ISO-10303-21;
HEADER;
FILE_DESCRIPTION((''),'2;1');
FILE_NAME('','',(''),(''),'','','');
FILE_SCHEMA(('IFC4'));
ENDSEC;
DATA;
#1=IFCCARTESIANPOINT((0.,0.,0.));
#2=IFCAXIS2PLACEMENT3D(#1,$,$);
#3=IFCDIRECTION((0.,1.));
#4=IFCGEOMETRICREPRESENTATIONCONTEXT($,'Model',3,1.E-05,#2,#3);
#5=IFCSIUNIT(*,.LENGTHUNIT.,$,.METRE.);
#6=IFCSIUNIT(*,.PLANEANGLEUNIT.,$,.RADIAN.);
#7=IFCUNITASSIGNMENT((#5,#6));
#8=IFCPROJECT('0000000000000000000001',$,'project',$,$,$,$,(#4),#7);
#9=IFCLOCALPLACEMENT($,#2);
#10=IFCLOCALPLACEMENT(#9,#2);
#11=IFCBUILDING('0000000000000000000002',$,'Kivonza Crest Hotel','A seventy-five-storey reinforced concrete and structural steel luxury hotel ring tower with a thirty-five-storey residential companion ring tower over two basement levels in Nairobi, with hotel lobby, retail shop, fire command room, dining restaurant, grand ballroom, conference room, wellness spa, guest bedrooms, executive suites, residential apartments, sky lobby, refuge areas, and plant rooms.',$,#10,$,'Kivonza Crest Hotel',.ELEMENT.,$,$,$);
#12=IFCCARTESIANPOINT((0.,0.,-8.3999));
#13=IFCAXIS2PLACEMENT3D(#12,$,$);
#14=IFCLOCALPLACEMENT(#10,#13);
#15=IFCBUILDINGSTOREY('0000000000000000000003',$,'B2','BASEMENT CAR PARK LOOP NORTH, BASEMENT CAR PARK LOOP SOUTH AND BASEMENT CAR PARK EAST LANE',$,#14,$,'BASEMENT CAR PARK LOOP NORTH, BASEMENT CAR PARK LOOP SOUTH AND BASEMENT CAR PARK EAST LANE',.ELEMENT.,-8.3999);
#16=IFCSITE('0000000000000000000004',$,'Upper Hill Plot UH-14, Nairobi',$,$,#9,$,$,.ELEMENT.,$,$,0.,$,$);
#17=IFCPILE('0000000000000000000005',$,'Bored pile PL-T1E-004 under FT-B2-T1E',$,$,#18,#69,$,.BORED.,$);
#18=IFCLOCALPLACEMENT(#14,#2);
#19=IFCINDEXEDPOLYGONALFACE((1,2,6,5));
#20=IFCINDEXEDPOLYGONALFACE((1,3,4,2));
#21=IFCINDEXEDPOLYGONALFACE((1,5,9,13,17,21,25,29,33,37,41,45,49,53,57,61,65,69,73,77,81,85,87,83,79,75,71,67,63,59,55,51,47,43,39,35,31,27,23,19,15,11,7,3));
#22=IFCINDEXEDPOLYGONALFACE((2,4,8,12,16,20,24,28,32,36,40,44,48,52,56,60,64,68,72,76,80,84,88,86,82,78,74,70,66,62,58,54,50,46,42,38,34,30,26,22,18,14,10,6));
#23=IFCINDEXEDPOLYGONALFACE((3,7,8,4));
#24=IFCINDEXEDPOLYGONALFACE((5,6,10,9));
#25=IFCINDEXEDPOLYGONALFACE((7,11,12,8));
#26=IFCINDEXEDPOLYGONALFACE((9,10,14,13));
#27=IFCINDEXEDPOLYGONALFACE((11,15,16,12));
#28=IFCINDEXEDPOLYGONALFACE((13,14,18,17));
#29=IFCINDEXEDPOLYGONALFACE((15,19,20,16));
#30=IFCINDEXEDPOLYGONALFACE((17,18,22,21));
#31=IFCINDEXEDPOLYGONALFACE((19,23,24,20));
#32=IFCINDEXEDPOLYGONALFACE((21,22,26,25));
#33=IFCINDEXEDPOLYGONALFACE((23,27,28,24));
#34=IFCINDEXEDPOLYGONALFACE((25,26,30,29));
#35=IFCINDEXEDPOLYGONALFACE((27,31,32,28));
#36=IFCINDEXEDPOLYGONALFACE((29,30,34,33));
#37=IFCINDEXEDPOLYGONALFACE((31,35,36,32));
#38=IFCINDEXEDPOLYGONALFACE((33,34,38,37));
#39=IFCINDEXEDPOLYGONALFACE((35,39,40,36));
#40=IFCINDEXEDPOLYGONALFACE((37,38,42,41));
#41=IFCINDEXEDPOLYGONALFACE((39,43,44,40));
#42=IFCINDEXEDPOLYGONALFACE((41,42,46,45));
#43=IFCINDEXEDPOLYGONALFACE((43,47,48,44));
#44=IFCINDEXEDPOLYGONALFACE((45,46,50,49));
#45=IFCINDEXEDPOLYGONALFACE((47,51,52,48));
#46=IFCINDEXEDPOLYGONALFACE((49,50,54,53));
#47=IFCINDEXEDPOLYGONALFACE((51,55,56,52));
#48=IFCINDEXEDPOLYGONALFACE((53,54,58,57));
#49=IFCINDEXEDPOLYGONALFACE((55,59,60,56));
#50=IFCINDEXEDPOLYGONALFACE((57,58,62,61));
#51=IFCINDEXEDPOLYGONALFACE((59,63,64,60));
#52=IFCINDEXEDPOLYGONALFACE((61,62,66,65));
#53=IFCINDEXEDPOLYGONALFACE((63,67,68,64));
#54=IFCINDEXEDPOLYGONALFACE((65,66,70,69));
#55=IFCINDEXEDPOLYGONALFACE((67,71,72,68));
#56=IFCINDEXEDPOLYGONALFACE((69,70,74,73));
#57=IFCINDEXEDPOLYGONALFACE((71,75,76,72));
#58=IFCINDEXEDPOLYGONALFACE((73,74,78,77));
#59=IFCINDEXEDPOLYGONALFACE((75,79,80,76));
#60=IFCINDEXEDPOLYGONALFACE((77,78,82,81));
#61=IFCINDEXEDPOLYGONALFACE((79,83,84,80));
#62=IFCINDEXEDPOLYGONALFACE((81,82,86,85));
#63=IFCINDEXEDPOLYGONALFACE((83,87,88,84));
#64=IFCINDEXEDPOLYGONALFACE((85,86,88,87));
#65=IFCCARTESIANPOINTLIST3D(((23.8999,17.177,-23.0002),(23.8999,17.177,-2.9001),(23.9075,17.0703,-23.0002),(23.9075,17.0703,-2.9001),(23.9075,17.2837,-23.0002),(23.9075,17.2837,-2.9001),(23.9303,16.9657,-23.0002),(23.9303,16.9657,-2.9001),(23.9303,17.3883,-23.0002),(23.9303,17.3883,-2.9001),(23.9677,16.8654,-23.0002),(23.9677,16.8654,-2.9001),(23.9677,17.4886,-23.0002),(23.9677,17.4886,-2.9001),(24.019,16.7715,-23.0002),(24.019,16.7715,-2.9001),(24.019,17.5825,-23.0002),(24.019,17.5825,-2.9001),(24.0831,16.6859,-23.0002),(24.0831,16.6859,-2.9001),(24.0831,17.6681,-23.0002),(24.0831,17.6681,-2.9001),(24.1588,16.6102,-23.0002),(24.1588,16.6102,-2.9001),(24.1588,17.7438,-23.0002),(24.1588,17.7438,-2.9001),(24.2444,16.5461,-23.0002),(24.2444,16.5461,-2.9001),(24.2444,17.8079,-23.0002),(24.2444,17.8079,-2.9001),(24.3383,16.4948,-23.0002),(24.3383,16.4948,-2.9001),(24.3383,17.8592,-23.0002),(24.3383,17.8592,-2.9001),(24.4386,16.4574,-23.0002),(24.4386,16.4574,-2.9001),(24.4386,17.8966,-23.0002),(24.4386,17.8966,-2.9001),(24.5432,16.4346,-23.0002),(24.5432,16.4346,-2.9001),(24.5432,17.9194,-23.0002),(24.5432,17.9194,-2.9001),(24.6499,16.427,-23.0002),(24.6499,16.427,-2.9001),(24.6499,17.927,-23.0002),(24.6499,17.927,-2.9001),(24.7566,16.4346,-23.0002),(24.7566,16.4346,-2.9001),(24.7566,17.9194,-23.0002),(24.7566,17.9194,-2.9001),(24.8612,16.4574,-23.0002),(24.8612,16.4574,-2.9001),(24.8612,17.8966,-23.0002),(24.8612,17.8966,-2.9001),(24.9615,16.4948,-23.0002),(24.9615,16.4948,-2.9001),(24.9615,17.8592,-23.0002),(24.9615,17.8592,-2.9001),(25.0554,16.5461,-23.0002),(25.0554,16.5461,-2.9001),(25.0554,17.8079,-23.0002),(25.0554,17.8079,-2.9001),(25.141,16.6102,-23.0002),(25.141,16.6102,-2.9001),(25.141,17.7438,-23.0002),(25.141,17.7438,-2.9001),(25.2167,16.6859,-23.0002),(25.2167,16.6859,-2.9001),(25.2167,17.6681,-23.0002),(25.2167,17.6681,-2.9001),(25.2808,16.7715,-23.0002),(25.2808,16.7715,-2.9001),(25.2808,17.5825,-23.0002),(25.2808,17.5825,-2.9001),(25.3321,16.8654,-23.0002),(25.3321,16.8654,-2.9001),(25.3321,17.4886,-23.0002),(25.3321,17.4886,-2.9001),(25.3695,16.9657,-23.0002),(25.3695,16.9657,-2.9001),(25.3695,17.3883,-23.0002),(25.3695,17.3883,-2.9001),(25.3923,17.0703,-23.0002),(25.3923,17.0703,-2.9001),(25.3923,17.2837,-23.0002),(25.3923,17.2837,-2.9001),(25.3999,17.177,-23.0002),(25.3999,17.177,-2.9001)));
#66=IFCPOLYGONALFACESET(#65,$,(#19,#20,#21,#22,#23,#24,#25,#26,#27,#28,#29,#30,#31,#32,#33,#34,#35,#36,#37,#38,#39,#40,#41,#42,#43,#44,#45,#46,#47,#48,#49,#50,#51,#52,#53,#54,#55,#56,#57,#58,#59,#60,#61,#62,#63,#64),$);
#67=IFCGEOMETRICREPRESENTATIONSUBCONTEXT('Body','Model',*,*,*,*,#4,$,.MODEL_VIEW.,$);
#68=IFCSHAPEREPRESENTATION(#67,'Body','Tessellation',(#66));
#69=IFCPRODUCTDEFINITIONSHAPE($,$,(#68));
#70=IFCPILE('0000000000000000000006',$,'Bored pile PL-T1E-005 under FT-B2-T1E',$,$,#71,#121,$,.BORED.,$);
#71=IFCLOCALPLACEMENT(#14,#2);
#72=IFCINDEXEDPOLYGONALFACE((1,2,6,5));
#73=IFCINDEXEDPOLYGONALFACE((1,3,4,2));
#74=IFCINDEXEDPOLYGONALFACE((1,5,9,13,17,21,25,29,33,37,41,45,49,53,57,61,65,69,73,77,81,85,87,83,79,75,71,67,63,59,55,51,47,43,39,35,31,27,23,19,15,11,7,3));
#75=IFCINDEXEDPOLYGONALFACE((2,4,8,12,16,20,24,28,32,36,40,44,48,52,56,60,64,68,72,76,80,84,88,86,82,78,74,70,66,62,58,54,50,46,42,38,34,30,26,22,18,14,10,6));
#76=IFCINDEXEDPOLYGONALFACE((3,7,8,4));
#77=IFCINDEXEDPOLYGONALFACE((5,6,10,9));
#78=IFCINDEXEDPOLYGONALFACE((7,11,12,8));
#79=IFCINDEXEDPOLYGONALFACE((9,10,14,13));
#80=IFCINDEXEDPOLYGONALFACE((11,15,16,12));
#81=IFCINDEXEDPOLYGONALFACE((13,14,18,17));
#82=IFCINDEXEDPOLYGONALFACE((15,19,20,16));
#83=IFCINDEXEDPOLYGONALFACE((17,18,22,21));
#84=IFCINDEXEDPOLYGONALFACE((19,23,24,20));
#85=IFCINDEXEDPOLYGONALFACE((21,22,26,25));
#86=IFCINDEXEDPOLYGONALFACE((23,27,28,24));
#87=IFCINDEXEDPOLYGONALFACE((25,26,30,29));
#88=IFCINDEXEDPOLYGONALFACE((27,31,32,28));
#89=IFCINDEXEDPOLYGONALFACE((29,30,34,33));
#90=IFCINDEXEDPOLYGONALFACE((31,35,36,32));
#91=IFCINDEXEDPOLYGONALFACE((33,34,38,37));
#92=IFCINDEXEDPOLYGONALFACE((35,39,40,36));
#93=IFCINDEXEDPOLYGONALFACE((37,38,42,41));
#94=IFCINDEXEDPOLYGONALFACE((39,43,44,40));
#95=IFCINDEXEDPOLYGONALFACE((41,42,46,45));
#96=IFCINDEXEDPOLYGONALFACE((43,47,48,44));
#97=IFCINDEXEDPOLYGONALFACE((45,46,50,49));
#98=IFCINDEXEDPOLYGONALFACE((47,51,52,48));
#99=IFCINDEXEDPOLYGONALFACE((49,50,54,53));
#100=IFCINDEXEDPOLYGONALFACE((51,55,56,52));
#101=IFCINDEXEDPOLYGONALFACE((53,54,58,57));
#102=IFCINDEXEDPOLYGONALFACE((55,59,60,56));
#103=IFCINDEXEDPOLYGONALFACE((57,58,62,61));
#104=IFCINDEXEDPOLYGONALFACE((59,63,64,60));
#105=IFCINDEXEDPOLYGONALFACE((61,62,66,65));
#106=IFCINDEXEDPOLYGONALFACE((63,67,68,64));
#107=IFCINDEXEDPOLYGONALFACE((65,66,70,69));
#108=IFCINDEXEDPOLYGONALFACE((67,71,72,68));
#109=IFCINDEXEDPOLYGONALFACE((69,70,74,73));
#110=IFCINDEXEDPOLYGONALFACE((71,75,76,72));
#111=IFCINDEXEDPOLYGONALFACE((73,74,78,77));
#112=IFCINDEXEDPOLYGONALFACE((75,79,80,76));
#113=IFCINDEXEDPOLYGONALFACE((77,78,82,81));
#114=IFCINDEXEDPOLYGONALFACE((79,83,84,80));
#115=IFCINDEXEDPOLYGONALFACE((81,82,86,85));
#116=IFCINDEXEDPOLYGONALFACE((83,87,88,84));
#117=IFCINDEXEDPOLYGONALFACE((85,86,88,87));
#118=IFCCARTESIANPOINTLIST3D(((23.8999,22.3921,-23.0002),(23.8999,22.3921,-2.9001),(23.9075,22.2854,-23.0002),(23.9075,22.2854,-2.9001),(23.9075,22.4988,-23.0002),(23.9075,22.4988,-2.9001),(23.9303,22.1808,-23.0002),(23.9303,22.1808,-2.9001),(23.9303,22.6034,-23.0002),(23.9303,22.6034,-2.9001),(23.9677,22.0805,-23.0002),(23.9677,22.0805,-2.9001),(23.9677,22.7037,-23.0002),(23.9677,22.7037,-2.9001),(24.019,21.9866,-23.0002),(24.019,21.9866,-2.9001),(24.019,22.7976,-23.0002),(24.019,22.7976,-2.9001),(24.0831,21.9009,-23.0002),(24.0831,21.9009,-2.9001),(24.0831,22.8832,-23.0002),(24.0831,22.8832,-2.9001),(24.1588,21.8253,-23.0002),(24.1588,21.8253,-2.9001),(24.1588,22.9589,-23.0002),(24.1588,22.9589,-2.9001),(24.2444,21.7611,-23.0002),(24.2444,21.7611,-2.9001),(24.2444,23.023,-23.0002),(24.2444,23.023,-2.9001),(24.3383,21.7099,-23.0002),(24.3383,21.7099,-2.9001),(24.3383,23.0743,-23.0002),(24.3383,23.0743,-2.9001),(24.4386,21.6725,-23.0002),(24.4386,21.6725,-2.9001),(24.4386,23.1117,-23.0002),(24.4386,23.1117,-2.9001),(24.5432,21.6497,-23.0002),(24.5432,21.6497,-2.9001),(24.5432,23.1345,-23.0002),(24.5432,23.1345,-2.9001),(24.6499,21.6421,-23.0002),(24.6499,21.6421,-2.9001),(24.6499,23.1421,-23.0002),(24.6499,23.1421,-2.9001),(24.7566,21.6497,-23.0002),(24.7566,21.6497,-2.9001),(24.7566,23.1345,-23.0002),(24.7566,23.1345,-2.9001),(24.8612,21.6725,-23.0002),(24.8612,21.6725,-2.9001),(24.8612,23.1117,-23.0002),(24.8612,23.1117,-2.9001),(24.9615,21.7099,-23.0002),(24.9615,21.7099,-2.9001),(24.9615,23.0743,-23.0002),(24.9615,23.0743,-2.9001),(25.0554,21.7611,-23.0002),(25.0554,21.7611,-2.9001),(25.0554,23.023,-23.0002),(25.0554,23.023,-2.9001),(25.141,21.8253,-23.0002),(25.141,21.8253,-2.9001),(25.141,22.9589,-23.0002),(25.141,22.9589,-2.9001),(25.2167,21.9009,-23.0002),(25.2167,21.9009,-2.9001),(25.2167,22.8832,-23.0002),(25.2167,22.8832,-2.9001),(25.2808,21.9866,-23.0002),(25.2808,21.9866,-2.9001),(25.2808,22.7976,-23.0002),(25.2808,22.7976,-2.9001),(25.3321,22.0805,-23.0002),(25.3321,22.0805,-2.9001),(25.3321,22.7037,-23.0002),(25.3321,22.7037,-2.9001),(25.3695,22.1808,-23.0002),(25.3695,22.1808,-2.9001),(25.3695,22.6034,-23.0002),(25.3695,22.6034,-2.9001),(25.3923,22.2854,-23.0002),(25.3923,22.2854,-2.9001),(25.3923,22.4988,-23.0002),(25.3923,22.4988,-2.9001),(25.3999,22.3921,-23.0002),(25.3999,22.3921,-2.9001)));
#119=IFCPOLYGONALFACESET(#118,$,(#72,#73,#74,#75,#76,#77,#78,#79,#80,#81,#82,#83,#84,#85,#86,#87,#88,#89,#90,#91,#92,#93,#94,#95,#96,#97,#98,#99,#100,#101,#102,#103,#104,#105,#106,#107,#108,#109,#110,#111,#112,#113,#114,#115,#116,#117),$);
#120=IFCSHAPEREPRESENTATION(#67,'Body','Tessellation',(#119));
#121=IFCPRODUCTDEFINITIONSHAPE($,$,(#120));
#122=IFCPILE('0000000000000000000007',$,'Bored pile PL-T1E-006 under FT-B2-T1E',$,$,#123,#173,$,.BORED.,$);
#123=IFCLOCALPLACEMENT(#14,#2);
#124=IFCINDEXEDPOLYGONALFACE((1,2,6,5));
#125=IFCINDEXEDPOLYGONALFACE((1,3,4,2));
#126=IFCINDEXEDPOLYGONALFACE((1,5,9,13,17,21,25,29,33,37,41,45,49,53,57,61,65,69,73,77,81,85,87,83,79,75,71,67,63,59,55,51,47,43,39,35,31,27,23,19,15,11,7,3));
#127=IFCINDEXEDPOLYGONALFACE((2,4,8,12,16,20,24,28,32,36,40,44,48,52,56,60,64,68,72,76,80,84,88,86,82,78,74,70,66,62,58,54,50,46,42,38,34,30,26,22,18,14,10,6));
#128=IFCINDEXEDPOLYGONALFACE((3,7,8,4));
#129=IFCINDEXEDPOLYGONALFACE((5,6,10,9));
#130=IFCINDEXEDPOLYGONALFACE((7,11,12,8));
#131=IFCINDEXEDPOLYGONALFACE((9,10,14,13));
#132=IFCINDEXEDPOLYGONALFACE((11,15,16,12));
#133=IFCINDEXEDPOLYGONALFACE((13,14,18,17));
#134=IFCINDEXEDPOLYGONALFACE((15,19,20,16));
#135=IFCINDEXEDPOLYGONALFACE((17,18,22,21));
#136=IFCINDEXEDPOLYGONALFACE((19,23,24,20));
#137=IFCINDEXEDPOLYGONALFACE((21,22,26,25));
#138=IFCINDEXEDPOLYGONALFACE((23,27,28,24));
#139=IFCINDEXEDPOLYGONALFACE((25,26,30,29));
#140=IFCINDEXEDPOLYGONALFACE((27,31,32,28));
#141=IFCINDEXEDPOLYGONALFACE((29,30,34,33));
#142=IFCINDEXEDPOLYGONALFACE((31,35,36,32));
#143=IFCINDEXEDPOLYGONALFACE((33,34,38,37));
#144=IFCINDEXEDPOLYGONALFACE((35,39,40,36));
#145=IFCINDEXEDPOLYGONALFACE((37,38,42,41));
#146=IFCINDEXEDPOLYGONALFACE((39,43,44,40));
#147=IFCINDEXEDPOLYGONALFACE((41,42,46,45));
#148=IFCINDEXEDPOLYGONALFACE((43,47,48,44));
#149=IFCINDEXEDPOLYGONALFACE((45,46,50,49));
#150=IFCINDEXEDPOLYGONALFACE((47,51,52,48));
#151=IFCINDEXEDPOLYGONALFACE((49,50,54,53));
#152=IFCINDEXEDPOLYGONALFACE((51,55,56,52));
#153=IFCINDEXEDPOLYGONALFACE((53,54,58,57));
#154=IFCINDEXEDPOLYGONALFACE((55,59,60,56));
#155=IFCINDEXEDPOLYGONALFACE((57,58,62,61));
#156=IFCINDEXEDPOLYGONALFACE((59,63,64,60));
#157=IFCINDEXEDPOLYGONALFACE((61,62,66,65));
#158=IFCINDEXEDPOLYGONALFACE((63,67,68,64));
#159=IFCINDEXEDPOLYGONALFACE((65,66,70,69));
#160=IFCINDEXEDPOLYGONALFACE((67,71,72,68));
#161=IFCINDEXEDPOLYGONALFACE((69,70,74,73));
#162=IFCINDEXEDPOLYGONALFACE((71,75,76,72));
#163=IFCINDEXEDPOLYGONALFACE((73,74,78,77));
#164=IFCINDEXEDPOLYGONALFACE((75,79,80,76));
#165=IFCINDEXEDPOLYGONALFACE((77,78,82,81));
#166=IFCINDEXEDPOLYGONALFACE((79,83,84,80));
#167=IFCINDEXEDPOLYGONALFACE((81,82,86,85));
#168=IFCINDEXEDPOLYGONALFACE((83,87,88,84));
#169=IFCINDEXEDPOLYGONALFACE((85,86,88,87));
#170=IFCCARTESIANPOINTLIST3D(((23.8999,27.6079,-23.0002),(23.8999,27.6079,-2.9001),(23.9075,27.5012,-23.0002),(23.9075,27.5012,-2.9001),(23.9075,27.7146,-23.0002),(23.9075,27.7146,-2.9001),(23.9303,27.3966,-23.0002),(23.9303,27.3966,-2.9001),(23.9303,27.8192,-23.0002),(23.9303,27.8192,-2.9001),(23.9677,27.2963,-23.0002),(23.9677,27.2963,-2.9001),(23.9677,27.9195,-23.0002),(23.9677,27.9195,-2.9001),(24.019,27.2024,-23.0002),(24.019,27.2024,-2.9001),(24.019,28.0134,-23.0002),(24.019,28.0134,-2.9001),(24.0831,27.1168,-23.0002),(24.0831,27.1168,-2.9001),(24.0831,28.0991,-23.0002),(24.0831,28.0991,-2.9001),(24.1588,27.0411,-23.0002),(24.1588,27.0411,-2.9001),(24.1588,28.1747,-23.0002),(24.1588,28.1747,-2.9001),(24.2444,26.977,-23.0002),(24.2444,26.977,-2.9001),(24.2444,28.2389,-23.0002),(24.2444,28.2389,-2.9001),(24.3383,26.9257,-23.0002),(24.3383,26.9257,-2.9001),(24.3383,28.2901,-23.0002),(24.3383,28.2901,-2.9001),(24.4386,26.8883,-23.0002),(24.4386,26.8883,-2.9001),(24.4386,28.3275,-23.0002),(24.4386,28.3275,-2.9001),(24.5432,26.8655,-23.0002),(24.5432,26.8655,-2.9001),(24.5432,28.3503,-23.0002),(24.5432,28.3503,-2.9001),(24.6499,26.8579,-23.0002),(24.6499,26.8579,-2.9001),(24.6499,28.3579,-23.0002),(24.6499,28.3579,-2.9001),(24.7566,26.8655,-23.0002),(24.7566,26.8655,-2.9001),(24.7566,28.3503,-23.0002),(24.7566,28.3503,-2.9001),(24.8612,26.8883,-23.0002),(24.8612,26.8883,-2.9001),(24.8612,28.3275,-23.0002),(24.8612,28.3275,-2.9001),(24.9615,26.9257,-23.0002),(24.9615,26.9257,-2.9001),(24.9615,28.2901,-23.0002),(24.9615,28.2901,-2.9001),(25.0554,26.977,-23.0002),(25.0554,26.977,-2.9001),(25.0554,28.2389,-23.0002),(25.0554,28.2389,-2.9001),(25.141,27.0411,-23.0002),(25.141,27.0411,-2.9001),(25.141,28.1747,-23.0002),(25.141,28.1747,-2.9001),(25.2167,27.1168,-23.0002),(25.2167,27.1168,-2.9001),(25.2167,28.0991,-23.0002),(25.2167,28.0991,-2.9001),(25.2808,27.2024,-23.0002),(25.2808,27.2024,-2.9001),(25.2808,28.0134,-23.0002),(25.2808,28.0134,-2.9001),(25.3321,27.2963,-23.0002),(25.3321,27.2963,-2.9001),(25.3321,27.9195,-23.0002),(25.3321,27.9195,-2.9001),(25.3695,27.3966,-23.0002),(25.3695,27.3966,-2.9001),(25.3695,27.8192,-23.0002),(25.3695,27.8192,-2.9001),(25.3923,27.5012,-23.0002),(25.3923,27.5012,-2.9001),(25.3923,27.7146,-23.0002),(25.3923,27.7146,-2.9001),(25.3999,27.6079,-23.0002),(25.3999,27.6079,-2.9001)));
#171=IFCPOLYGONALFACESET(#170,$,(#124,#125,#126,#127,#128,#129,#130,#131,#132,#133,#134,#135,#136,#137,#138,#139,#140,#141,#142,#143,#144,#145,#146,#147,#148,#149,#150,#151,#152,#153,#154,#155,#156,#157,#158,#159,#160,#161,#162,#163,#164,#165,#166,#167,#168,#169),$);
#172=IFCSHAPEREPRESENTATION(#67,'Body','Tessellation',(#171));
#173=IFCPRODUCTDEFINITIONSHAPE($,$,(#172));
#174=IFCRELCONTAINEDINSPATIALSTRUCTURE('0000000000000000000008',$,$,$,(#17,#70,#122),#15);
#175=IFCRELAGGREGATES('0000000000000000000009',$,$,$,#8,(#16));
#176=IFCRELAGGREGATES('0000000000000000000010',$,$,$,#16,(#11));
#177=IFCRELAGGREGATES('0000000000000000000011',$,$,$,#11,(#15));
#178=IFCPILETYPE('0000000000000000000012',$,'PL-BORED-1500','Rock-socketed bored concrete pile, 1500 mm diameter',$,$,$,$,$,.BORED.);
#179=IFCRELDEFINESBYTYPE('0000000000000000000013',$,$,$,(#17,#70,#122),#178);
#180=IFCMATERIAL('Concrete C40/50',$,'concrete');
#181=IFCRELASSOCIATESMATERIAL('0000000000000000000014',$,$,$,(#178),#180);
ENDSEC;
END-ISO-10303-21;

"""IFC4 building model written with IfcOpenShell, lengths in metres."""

from ifc_helpers import new_model, si_unit, direction, frame, origin, origin_2d, place, context, subcontext, project, spatial, circle, extrude, material, material_profile, profile_set, type_object, element, save


model = new_model("IFC4")

# Units and contexts
model_context = context("Model", 3, precision=1e-05, world=origin(), true_north=direction((0.0, 1.0)))
body_context = subcontext(model_context, "Body", "Model", "MODEL_VIEW")
ifc_project = project(units=[si_unit("LENGTHUNIT", "METRE"), si_unit("PLANEANGLEUNIT", "RADIAN")], contexts=[model_context])

# Site, building, storey
site_placement = place(None, origin())
site = spatial("IfcSite", under=ifc_project, at=site_placement, Name="Upper Hill Plot UH-14, Nairobi", CompositionType="ELEMENT", RefElevation=0.0)
building_placement = place(site_placement, origin())
building = spatial("IfcBuilding", under=site, at=building_placement, Name="Kivonza Crest Hotel", Description="A seventy-five-storey reinforced concrete and structural steel luxury hotel ring tower with a thirty-five-storey residential companion ring tower over two basement levels in Nairobi, with hotel lobby, retail shop, fire command room, dining restaurant, grand ballroom, conference room, wellness spa, guest bedrooms, executive suites, residential apartments, sky lobby, refuge areas, and plant rooms.", LongName="Kivonza Crest Hotel", CompositionType="ELEMENT")
storey_placement = place(building_placement, frame((0.0, 0.0, -8.3999)))
storey = spatial("IfcBuildingStorey", under=building, at=storey_placement, Name="B2", Description="BASEMENT CAR PARK LOOP NORTH, BASEMENT CAR PARK LOOP SOUTH AND BASEMENT CAR PARK EAST LANE", LongName="BASEMENT CAR PARK LOOP NORTH, BASEMENT CAR PARK LOOP SOUTH AND BASEMENT CAR PARK EAST LANE", CompositionType="ELEMENT", Elevation=-8.3999)

# Piles
ifc_material_1 = material(Name="Concrete C40/50", Category="concrete")
ifc_material_profile_1 = material_profile(ifc_material_1, circle(Radius=0.75, at=origin_2d()), Name="PILE D1500")
ifc_profile_set_1 = profile_set([ifc_material_profile_1], Name="Concrete C40/50")
pile_type = type_object("IfcPileType", Name="PL-BORED-1500", Description="Rock-socketed bored concrete pile, 1500 mm diameter", PredefinedType="BORED", material=ifc_profile_set_1)
for number, where, z_axis, x_axis, name in (
    (1, (24.6499, 17.177, -2.9001), (0.0, 0.0, -1.0), (1.0, 0.0, 0.0), "Bored pile PL-T1E-004 under FT-B2-T1E"),
    (2, (24.6499, 22.3921, -2.9001), (0.0, 0.0, -1.0), (1.0, 0.0, 0.0), "Bored pile PL-T1E-005 under FT-B2-T1E"),
    (3, (24.6499, 27.6079, -2.9001), (0.0, 0.0, -1.0), (1.0, 0.0, 0.0), "Bored pile PL-T1E-006 under FT-B2-T1E"),
):
    element("IfcPile", number, at=place(storey_placement, frame(where, z_axis=z_axis, x_axis=x_axis)), inside=storey, type_object=pile_type, Name=name, PredefinedType="BORED", context=body_context, shape_type="SweptSolid", body=[
        extrude(circle(Radius=0.75, at=origin_2d()), origin(), (0.0, 0.0, 1.0), 20.1001),
    ])

save(model, "model.ifc")
